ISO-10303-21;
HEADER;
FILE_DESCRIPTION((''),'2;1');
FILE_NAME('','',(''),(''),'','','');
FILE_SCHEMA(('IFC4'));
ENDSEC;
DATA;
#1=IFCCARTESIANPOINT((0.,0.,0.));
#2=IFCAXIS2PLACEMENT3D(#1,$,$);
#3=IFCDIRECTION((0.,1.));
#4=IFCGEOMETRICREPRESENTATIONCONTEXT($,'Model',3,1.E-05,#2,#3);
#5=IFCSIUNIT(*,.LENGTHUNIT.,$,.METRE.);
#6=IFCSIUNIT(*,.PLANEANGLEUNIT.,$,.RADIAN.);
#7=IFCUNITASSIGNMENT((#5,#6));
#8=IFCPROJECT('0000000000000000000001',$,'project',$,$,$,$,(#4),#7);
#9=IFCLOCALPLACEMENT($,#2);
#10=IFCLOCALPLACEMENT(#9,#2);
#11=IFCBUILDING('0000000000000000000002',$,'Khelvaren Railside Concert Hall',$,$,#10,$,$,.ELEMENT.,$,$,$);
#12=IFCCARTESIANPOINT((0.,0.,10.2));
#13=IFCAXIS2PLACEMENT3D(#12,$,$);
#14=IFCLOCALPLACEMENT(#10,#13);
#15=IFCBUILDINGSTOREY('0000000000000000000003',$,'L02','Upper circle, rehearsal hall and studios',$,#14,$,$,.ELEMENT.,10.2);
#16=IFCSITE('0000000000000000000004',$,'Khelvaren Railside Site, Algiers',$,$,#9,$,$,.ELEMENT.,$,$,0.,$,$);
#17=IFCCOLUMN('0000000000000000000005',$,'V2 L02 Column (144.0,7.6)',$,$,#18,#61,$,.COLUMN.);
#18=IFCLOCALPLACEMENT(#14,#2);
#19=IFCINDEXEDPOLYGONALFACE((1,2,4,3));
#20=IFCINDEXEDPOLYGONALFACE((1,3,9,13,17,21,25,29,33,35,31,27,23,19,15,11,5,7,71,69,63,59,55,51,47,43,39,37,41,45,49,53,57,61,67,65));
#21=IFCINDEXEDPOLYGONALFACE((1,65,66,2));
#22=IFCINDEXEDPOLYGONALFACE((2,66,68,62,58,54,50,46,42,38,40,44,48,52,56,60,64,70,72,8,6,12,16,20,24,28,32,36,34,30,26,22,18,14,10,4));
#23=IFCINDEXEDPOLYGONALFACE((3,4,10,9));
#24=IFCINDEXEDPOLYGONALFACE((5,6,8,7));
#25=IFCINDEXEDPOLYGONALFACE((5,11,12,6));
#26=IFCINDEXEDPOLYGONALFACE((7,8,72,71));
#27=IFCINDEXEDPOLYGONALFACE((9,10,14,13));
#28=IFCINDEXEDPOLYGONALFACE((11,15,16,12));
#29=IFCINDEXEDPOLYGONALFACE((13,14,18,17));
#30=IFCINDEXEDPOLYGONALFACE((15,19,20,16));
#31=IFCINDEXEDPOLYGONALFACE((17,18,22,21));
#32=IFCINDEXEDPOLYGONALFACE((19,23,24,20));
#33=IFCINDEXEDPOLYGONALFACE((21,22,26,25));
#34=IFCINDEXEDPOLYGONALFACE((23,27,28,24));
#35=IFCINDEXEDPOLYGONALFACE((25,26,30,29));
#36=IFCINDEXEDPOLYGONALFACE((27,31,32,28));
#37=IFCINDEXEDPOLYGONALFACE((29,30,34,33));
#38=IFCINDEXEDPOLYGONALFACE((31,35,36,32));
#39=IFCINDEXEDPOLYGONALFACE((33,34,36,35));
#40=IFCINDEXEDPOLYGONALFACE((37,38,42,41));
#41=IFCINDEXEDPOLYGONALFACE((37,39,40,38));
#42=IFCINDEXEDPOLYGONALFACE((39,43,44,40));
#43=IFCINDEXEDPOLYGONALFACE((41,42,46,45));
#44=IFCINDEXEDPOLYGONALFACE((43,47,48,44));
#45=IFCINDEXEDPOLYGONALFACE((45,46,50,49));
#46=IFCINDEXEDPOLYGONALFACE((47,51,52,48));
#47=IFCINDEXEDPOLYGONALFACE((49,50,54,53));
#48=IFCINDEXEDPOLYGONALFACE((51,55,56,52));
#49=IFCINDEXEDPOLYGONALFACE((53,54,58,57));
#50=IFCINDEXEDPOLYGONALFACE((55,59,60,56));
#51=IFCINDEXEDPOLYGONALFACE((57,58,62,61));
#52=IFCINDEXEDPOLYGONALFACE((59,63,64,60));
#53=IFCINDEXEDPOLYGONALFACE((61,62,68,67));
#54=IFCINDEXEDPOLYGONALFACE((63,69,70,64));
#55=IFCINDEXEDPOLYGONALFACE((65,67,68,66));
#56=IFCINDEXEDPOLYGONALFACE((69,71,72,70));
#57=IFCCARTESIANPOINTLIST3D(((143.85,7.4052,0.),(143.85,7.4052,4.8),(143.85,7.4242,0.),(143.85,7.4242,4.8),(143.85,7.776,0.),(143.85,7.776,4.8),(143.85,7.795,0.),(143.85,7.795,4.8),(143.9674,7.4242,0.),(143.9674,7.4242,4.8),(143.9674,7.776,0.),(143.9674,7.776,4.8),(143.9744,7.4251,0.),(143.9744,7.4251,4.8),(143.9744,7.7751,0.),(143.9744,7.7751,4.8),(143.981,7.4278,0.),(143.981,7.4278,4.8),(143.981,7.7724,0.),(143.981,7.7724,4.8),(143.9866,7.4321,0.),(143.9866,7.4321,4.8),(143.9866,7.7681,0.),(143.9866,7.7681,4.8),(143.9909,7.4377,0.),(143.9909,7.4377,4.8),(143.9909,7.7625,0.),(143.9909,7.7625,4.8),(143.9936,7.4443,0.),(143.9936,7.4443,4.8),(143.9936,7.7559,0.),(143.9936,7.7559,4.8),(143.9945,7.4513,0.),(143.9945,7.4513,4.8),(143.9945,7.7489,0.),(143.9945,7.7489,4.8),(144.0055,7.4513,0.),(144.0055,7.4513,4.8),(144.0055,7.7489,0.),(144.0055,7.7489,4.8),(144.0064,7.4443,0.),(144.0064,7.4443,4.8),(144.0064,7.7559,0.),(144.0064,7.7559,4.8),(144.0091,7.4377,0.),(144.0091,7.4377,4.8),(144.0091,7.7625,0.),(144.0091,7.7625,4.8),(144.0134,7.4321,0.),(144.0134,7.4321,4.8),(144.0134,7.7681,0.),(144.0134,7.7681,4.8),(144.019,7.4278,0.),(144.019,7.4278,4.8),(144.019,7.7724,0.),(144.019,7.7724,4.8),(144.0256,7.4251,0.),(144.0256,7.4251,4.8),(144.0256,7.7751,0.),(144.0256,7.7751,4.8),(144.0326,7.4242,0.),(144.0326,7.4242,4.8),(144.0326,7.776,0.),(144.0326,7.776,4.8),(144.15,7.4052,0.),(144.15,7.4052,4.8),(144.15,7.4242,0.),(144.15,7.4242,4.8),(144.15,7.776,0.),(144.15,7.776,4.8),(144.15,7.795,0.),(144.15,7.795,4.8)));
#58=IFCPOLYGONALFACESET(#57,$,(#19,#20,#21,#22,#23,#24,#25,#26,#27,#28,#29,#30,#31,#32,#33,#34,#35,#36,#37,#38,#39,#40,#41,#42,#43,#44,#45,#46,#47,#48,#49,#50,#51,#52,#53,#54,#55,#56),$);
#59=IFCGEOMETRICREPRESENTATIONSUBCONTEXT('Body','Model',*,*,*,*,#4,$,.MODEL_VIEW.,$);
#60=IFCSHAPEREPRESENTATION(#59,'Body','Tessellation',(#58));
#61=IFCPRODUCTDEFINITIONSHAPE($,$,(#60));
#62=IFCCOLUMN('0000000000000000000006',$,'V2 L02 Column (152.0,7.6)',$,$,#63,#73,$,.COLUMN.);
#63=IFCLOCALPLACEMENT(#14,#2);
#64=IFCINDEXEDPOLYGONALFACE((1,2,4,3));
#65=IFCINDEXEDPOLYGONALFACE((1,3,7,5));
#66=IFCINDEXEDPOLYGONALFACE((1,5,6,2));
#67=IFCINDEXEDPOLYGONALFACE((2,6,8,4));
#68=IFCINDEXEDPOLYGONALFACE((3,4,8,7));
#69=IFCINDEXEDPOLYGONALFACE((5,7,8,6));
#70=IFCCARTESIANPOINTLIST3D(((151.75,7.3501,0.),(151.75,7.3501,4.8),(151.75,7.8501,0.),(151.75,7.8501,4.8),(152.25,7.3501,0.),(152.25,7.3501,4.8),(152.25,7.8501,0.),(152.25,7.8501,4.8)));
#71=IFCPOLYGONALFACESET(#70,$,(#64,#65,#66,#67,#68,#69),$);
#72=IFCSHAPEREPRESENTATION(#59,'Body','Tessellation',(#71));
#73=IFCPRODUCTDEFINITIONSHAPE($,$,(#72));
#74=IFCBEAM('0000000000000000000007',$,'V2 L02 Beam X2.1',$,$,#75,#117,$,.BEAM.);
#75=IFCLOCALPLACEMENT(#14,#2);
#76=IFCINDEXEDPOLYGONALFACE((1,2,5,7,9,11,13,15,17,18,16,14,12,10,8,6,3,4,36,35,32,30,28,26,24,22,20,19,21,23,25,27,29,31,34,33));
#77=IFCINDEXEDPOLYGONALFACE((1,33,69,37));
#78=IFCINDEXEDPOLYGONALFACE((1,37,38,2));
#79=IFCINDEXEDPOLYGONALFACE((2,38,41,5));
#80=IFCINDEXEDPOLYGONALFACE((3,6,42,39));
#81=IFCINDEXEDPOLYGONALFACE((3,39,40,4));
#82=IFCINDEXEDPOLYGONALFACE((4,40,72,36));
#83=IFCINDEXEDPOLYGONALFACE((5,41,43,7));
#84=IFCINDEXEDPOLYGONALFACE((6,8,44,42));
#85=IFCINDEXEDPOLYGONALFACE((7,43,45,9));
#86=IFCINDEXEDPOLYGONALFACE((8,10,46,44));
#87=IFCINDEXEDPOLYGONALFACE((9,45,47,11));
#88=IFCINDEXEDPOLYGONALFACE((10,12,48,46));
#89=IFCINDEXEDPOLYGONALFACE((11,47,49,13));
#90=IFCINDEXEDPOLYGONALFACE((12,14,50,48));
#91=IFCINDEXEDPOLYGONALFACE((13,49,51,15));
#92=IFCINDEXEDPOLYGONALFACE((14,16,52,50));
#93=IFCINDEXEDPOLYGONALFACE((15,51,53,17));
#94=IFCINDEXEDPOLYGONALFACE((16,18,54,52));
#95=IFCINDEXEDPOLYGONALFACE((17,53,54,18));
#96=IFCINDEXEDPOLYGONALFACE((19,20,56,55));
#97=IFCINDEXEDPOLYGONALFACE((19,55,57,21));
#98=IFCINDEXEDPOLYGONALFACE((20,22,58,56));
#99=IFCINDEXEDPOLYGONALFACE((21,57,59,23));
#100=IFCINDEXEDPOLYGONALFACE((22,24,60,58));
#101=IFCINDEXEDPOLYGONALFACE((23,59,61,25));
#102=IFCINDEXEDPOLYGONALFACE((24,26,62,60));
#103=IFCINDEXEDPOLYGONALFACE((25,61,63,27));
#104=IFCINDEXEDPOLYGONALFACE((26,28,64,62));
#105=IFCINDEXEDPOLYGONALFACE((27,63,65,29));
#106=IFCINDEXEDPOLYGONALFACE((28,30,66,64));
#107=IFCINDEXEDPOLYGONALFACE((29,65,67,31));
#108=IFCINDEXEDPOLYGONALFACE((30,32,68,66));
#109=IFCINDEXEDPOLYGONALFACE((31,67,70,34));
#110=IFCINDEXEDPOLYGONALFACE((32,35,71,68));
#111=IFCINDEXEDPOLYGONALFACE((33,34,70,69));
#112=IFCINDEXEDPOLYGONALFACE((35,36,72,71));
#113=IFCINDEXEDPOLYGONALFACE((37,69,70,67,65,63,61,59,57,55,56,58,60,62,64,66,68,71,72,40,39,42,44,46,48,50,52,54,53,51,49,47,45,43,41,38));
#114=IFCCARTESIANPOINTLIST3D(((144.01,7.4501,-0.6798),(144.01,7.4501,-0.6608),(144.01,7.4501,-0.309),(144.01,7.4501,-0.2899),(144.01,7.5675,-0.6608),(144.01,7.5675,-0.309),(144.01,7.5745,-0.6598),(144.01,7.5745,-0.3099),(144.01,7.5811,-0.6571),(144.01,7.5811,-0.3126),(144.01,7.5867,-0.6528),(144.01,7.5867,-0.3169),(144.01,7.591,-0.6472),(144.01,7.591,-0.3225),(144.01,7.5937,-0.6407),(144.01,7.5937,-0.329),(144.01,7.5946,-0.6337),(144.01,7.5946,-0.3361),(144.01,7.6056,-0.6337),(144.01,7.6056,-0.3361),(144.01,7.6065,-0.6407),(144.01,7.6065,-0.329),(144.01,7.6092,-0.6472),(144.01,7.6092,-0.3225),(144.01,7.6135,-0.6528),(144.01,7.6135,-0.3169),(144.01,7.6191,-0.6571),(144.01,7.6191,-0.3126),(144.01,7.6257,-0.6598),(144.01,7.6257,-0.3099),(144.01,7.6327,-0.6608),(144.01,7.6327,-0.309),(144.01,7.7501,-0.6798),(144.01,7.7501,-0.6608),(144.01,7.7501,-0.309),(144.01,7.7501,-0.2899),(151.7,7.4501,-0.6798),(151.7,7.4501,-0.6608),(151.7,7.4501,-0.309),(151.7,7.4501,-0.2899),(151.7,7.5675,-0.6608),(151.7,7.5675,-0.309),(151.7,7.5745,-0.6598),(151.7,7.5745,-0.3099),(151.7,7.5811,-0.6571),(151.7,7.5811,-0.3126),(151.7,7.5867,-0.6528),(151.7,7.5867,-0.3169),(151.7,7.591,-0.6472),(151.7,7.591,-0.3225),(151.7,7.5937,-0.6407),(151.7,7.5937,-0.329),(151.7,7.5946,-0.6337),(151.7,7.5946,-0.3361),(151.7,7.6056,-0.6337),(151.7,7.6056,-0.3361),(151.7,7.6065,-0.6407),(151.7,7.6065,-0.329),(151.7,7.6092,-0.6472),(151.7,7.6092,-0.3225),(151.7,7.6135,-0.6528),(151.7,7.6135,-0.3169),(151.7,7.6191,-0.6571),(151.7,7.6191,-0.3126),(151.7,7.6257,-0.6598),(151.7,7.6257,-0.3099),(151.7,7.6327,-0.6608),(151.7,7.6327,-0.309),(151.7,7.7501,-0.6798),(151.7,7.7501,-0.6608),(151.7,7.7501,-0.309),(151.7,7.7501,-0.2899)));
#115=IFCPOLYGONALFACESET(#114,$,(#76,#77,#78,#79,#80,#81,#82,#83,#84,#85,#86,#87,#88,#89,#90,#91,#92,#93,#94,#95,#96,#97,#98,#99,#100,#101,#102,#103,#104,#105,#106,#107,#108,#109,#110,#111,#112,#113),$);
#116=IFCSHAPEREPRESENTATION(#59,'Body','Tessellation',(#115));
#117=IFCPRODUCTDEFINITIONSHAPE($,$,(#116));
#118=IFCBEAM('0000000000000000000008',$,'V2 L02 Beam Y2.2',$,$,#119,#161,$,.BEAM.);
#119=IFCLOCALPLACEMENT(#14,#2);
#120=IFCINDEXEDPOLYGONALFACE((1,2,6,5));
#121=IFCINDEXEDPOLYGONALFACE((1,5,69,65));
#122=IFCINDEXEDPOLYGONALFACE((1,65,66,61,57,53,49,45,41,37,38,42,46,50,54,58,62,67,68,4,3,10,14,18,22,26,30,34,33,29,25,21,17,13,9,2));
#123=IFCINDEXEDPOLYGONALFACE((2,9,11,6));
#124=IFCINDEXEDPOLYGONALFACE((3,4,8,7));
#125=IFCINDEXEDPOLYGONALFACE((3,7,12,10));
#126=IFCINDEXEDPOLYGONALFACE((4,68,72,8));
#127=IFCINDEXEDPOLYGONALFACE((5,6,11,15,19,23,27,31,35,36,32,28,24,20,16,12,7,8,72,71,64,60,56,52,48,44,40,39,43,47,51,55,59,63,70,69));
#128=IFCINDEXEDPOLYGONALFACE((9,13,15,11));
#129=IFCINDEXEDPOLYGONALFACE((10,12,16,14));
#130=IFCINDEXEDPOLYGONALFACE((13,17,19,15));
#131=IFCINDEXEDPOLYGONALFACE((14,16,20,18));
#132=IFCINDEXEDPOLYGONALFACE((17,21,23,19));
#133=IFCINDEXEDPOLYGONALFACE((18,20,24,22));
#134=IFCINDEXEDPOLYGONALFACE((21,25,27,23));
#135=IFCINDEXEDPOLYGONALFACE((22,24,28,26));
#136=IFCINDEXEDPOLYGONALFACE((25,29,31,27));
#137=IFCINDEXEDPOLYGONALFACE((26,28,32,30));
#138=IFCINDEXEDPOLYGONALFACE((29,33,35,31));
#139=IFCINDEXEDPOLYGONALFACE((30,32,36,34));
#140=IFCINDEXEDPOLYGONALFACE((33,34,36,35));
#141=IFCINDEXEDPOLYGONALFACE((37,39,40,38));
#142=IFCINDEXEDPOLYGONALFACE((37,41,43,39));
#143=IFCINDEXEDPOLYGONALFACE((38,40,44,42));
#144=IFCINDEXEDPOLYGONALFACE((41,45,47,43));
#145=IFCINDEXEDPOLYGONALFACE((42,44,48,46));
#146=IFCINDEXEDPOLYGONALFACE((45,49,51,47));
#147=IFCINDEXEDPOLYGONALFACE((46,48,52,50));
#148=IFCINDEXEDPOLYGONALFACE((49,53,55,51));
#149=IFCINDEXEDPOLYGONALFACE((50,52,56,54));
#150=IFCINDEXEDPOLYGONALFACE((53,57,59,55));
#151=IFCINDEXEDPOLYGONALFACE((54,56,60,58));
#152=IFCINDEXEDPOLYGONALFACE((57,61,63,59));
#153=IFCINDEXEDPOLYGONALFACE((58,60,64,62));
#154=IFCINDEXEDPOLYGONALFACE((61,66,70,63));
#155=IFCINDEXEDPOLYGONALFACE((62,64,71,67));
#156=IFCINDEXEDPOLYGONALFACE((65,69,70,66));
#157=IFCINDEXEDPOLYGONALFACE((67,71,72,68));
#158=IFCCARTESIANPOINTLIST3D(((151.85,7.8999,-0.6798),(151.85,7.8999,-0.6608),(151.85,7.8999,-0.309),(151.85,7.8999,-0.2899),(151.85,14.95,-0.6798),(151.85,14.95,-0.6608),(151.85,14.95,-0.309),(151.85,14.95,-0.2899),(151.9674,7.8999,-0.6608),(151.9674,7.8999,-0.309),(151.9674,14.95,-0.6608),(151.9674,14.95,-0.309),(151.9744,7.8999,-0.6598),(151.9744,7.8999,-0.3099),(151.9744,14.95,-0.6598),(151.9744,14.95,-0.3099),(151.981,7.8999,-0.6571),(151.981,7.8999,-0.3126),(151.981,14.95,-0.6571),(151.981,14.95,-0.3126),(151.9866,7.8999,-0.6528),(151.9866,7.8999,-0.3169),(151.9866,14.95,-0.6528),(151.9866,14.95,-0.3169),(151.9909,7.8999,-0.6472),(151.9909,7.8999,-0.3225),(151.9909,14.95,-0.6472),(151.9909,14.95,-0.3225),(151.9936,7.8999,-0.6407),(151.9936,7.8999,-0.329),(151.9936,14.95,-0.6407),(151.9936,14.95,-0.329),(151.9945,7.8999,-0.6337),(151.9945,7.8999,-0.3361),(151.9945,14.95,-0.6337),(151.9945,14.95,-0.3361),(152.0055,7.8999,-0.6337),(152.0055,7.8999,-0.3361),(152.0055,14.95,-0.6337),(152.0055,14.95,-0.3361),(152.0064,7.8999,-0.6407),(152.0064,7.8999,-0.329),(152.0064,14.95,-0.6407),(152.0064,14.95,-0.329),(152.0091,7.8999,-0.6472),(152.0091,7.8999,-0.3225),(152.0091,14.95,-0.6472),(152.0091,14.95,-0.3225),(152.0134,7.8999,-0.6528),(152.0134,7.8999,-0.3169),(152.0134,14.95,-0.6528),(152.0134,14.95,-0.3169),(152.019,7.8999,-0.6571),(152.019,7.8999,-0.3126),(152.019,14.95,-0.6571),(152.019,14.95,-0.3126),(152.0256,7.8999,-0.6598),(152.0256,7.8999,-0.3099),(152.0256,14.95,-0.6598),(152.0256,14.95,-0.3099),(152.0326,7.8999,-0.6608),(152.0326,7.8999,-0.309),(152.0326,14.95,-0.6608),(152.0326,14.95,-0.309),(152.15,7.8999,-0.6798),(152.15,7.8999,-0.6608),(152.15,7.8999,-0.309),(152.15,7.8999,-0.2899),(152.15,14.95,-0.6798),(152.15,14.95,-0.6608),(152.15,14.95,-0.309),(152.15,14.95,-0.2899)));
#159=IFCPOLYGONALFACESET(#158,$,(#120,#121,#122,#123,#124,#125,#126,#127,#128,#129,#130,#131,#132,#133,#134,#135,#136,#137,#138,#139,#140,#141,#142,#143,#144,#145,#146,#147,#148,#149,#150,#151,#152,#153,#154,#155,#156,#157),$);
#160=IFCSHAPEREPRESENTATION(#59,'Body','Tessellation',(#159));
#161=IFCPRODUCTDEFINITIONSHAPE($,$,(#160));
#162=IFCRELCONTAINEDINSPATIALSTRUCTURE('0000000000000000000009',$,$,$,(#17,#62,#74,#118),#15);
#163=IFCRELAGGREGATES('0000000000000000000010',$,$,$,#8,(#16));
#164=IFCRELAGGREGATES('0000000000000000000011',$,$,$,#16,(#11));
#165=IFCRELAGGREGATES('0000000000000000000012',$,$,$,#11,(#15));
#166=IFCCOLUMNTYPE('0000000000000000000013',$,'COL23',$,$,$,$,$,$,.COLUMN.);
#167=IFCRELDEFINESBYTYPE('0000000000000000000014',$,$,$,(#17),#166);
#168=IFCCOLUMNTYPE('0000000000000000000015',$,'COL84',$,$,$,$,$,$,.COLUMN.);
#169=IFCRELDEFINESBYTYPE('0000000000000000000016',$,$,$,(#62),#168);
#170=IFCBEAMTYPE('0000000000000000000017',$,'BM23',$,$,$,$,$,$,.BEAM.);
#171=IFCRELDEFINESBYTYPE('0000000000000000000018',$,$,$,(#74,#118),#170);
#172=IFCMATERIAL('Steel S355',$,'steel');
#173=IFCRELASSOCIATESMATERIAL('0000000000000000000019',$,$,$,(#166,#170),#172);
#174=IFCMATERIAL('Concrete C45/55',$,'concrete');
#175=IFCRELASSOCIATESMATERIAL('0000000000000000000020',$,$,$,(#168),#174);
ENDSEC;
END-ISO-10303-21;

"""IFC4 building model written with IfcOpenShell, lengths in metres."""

from ifc_helpers import new_model, si_unit, direction, frame, origin, origin_2d, place, context, subcontext, project, spatial, rectangle, i_section, extrude, material, material_profile, profile_set, type_object, element, save


model = new_model("IFC4")

# Units and contexts
model_context = context("Model", 3, precision=1e-05, world=origin(), true_north=direction((0.0, 1.0)))
body_context = subcontext(model_context, "Body", "Model", "MODEL_VIEW")
ifc_project = project(units=[si_unit("LENGTHUNIT", "METRE"), si_unit("PLANEANGLEUNIT", "RADIAN")], contexts=[model_context])

# Site, building, storey
site_placement = place(None, origin())
site = spatial("IfcSite", under=ifc_project, at=site_placement, Name="Khelvaren Railside Site, Algiers", CompositionType="ELEMENT", RefElevation=0.0)
building_placement = place(site_placement, origin())
building = spatial("IfcBuilding", under=site, at=building_placement, Name="Khelvaren Railside Concert Hall", CompositionType="ELEMENT")
storey_placement = place(building_placement, frame((0.0, 0.0, 10.2)))
storey = spatial("IfcBuildingStorey", under=building, at=storey_placement, Name="L02", Description="Upper circle, rehearsal hall and studios", CompositionType="ELEMENT", Elevation=10.2)

# Columns
ifc_material_1 = material(Name="Steel S355", Category="steel")
ifc_material_profile_1 = material_profile(ifc_material_1, i_section(OverallWidth=0.3, OverallDepth=0.3899, WebThickness=0.011, FlangeThickness=0.019, FilletRadius=0.0271, at=origin_2d()), Name="HEA 400")
ifc_profile_set_1 = profile_set([ifc_material_profile_1], Name="Steel S355")
column_type_1 = type_object("IfcColumnType", Name="COL23", PredefinedType="COLUMN", material=ifc_profile_set_1)
column_1_placement = place(storey_placement, frame((144.0, 7.6001, 0.0), z_axis=(0.0, 0.0, 1.0), x_axis=(1.0, 0.0, 0.0)))
element("IfcColumn", 1, at=column_1_placement, inside=storey, type_object=column_type_1, Name="V2 L02 Column (144.0,7.6)", PredefinedType="COLUMN", context=body_context, shape_type="SweptSolid", body=[
    extrude(i_section(OverallWidth=0.3, OverallDepth=0.3899, WebThickness=0.011, FlangeThickness=0.019, FilletRadius=0.0271, at=origin_2d()), origin(), (0.0, 0.0, 1.0), 4.8),
])
ifc_material_2 = material(Name="Concrete C45/55", Category="concrete")
ifc_material_profile_2 = material_profile(ifc_material_2, rectangle(XDim=0.5, YDim=0.5, at=origin_2d()), Name="RC 500x500")
ifc_profile_set_2 = profile_set([ifc_material_profile_2], Name="Concrete C45/55")
column_type_2 = type_object("IfcColumnType", Name="COL84", PredefinedType="COLUMN", material=ifc_profile_set_2)
column_2_placement = place(storey_placement, frame((152.0, 7.6001, 0.0), z_axis=(0.0, 0.0, 1.0), x_axis=(1.0, 0.0, 0.0)))
element("IfcColumn", 2, at=column_2_placement, inside=storey, type_object=column_type_2, Name="V2 L02 Column (152.0,7.6)", PredefinedType="COLUMN", context=body_context, shape_type="SweptSolid", body=[
    extrude(rectangle(XDim=0.5, YDim=0.5, at=origin_2d()), origin(), (0.0, 0.0, 1.0), 4.8),
])

# Beams
ifc_material_profile_3 = material_profile(ifc_material_1, i_section(OverallWidth=0.3, OverallDepth=0.3899, WebThickness=0.011, FlangeThickness=0.019, FilletRadius=0.0271, at=origin_2d()), Name="HEA 400")
ifc_profile_set_3 = profile_set([ifc_material_profile_3], Name="Steel S355")
beam_type_1 = type_object("IfcBeamType", Name="BM23", PredefinedType="BEAM", material=ifc_profile_set_3)
beam_1_placement = place(storey_placement, frame((144.01, 7.6001, -0.4849), z_axis=(1.0, 0.0, 0.0), x_axis=(0.0, 1.0, 0.0)))
element("IfcBeam", 3, at=beam_1_placement, inside=storey, type_object=beam_type_1, Name="V2 L02 Beam X2.1", PredefinedType="BEAM", context=body_context, shape_type="SweptSolid", body=[
    extrude(i_section(OverallWidth=0.3, OverallDepth=0.3899, WebThickness=0.011, FlangeThickness=0.019, FilletRadius=0.0271, at=origin_2d()), origin(), (0.0, 0.0, 1.0), 7.6899),
])
beam_2_placement = place(storey_placement, frame((152.0, 7.8999, -0.4849), z_axis=(0.0, 1.0, 0.0), x_axis=(-1.0, 0.0, 0.0)))
element("IfcBeam", 4, at=beam_2_placement, inside=storey, type_object=beam_type_1, Name="V2 L02 Beam Y2.2", PredefinedType="BEAM", context=body_context, shape_type="SweptSolid", body=[
    extrude(i_section(OverallWidth=0.3, OverallDepth=0.3899, WebThickness=0.011, FlangeThickness=0.019, FilletRadius=0.0271, at=origin_2d()), origin(), (0.0, 0.0, 1.0), 7.05),
])

save(model, "model.ifc")
